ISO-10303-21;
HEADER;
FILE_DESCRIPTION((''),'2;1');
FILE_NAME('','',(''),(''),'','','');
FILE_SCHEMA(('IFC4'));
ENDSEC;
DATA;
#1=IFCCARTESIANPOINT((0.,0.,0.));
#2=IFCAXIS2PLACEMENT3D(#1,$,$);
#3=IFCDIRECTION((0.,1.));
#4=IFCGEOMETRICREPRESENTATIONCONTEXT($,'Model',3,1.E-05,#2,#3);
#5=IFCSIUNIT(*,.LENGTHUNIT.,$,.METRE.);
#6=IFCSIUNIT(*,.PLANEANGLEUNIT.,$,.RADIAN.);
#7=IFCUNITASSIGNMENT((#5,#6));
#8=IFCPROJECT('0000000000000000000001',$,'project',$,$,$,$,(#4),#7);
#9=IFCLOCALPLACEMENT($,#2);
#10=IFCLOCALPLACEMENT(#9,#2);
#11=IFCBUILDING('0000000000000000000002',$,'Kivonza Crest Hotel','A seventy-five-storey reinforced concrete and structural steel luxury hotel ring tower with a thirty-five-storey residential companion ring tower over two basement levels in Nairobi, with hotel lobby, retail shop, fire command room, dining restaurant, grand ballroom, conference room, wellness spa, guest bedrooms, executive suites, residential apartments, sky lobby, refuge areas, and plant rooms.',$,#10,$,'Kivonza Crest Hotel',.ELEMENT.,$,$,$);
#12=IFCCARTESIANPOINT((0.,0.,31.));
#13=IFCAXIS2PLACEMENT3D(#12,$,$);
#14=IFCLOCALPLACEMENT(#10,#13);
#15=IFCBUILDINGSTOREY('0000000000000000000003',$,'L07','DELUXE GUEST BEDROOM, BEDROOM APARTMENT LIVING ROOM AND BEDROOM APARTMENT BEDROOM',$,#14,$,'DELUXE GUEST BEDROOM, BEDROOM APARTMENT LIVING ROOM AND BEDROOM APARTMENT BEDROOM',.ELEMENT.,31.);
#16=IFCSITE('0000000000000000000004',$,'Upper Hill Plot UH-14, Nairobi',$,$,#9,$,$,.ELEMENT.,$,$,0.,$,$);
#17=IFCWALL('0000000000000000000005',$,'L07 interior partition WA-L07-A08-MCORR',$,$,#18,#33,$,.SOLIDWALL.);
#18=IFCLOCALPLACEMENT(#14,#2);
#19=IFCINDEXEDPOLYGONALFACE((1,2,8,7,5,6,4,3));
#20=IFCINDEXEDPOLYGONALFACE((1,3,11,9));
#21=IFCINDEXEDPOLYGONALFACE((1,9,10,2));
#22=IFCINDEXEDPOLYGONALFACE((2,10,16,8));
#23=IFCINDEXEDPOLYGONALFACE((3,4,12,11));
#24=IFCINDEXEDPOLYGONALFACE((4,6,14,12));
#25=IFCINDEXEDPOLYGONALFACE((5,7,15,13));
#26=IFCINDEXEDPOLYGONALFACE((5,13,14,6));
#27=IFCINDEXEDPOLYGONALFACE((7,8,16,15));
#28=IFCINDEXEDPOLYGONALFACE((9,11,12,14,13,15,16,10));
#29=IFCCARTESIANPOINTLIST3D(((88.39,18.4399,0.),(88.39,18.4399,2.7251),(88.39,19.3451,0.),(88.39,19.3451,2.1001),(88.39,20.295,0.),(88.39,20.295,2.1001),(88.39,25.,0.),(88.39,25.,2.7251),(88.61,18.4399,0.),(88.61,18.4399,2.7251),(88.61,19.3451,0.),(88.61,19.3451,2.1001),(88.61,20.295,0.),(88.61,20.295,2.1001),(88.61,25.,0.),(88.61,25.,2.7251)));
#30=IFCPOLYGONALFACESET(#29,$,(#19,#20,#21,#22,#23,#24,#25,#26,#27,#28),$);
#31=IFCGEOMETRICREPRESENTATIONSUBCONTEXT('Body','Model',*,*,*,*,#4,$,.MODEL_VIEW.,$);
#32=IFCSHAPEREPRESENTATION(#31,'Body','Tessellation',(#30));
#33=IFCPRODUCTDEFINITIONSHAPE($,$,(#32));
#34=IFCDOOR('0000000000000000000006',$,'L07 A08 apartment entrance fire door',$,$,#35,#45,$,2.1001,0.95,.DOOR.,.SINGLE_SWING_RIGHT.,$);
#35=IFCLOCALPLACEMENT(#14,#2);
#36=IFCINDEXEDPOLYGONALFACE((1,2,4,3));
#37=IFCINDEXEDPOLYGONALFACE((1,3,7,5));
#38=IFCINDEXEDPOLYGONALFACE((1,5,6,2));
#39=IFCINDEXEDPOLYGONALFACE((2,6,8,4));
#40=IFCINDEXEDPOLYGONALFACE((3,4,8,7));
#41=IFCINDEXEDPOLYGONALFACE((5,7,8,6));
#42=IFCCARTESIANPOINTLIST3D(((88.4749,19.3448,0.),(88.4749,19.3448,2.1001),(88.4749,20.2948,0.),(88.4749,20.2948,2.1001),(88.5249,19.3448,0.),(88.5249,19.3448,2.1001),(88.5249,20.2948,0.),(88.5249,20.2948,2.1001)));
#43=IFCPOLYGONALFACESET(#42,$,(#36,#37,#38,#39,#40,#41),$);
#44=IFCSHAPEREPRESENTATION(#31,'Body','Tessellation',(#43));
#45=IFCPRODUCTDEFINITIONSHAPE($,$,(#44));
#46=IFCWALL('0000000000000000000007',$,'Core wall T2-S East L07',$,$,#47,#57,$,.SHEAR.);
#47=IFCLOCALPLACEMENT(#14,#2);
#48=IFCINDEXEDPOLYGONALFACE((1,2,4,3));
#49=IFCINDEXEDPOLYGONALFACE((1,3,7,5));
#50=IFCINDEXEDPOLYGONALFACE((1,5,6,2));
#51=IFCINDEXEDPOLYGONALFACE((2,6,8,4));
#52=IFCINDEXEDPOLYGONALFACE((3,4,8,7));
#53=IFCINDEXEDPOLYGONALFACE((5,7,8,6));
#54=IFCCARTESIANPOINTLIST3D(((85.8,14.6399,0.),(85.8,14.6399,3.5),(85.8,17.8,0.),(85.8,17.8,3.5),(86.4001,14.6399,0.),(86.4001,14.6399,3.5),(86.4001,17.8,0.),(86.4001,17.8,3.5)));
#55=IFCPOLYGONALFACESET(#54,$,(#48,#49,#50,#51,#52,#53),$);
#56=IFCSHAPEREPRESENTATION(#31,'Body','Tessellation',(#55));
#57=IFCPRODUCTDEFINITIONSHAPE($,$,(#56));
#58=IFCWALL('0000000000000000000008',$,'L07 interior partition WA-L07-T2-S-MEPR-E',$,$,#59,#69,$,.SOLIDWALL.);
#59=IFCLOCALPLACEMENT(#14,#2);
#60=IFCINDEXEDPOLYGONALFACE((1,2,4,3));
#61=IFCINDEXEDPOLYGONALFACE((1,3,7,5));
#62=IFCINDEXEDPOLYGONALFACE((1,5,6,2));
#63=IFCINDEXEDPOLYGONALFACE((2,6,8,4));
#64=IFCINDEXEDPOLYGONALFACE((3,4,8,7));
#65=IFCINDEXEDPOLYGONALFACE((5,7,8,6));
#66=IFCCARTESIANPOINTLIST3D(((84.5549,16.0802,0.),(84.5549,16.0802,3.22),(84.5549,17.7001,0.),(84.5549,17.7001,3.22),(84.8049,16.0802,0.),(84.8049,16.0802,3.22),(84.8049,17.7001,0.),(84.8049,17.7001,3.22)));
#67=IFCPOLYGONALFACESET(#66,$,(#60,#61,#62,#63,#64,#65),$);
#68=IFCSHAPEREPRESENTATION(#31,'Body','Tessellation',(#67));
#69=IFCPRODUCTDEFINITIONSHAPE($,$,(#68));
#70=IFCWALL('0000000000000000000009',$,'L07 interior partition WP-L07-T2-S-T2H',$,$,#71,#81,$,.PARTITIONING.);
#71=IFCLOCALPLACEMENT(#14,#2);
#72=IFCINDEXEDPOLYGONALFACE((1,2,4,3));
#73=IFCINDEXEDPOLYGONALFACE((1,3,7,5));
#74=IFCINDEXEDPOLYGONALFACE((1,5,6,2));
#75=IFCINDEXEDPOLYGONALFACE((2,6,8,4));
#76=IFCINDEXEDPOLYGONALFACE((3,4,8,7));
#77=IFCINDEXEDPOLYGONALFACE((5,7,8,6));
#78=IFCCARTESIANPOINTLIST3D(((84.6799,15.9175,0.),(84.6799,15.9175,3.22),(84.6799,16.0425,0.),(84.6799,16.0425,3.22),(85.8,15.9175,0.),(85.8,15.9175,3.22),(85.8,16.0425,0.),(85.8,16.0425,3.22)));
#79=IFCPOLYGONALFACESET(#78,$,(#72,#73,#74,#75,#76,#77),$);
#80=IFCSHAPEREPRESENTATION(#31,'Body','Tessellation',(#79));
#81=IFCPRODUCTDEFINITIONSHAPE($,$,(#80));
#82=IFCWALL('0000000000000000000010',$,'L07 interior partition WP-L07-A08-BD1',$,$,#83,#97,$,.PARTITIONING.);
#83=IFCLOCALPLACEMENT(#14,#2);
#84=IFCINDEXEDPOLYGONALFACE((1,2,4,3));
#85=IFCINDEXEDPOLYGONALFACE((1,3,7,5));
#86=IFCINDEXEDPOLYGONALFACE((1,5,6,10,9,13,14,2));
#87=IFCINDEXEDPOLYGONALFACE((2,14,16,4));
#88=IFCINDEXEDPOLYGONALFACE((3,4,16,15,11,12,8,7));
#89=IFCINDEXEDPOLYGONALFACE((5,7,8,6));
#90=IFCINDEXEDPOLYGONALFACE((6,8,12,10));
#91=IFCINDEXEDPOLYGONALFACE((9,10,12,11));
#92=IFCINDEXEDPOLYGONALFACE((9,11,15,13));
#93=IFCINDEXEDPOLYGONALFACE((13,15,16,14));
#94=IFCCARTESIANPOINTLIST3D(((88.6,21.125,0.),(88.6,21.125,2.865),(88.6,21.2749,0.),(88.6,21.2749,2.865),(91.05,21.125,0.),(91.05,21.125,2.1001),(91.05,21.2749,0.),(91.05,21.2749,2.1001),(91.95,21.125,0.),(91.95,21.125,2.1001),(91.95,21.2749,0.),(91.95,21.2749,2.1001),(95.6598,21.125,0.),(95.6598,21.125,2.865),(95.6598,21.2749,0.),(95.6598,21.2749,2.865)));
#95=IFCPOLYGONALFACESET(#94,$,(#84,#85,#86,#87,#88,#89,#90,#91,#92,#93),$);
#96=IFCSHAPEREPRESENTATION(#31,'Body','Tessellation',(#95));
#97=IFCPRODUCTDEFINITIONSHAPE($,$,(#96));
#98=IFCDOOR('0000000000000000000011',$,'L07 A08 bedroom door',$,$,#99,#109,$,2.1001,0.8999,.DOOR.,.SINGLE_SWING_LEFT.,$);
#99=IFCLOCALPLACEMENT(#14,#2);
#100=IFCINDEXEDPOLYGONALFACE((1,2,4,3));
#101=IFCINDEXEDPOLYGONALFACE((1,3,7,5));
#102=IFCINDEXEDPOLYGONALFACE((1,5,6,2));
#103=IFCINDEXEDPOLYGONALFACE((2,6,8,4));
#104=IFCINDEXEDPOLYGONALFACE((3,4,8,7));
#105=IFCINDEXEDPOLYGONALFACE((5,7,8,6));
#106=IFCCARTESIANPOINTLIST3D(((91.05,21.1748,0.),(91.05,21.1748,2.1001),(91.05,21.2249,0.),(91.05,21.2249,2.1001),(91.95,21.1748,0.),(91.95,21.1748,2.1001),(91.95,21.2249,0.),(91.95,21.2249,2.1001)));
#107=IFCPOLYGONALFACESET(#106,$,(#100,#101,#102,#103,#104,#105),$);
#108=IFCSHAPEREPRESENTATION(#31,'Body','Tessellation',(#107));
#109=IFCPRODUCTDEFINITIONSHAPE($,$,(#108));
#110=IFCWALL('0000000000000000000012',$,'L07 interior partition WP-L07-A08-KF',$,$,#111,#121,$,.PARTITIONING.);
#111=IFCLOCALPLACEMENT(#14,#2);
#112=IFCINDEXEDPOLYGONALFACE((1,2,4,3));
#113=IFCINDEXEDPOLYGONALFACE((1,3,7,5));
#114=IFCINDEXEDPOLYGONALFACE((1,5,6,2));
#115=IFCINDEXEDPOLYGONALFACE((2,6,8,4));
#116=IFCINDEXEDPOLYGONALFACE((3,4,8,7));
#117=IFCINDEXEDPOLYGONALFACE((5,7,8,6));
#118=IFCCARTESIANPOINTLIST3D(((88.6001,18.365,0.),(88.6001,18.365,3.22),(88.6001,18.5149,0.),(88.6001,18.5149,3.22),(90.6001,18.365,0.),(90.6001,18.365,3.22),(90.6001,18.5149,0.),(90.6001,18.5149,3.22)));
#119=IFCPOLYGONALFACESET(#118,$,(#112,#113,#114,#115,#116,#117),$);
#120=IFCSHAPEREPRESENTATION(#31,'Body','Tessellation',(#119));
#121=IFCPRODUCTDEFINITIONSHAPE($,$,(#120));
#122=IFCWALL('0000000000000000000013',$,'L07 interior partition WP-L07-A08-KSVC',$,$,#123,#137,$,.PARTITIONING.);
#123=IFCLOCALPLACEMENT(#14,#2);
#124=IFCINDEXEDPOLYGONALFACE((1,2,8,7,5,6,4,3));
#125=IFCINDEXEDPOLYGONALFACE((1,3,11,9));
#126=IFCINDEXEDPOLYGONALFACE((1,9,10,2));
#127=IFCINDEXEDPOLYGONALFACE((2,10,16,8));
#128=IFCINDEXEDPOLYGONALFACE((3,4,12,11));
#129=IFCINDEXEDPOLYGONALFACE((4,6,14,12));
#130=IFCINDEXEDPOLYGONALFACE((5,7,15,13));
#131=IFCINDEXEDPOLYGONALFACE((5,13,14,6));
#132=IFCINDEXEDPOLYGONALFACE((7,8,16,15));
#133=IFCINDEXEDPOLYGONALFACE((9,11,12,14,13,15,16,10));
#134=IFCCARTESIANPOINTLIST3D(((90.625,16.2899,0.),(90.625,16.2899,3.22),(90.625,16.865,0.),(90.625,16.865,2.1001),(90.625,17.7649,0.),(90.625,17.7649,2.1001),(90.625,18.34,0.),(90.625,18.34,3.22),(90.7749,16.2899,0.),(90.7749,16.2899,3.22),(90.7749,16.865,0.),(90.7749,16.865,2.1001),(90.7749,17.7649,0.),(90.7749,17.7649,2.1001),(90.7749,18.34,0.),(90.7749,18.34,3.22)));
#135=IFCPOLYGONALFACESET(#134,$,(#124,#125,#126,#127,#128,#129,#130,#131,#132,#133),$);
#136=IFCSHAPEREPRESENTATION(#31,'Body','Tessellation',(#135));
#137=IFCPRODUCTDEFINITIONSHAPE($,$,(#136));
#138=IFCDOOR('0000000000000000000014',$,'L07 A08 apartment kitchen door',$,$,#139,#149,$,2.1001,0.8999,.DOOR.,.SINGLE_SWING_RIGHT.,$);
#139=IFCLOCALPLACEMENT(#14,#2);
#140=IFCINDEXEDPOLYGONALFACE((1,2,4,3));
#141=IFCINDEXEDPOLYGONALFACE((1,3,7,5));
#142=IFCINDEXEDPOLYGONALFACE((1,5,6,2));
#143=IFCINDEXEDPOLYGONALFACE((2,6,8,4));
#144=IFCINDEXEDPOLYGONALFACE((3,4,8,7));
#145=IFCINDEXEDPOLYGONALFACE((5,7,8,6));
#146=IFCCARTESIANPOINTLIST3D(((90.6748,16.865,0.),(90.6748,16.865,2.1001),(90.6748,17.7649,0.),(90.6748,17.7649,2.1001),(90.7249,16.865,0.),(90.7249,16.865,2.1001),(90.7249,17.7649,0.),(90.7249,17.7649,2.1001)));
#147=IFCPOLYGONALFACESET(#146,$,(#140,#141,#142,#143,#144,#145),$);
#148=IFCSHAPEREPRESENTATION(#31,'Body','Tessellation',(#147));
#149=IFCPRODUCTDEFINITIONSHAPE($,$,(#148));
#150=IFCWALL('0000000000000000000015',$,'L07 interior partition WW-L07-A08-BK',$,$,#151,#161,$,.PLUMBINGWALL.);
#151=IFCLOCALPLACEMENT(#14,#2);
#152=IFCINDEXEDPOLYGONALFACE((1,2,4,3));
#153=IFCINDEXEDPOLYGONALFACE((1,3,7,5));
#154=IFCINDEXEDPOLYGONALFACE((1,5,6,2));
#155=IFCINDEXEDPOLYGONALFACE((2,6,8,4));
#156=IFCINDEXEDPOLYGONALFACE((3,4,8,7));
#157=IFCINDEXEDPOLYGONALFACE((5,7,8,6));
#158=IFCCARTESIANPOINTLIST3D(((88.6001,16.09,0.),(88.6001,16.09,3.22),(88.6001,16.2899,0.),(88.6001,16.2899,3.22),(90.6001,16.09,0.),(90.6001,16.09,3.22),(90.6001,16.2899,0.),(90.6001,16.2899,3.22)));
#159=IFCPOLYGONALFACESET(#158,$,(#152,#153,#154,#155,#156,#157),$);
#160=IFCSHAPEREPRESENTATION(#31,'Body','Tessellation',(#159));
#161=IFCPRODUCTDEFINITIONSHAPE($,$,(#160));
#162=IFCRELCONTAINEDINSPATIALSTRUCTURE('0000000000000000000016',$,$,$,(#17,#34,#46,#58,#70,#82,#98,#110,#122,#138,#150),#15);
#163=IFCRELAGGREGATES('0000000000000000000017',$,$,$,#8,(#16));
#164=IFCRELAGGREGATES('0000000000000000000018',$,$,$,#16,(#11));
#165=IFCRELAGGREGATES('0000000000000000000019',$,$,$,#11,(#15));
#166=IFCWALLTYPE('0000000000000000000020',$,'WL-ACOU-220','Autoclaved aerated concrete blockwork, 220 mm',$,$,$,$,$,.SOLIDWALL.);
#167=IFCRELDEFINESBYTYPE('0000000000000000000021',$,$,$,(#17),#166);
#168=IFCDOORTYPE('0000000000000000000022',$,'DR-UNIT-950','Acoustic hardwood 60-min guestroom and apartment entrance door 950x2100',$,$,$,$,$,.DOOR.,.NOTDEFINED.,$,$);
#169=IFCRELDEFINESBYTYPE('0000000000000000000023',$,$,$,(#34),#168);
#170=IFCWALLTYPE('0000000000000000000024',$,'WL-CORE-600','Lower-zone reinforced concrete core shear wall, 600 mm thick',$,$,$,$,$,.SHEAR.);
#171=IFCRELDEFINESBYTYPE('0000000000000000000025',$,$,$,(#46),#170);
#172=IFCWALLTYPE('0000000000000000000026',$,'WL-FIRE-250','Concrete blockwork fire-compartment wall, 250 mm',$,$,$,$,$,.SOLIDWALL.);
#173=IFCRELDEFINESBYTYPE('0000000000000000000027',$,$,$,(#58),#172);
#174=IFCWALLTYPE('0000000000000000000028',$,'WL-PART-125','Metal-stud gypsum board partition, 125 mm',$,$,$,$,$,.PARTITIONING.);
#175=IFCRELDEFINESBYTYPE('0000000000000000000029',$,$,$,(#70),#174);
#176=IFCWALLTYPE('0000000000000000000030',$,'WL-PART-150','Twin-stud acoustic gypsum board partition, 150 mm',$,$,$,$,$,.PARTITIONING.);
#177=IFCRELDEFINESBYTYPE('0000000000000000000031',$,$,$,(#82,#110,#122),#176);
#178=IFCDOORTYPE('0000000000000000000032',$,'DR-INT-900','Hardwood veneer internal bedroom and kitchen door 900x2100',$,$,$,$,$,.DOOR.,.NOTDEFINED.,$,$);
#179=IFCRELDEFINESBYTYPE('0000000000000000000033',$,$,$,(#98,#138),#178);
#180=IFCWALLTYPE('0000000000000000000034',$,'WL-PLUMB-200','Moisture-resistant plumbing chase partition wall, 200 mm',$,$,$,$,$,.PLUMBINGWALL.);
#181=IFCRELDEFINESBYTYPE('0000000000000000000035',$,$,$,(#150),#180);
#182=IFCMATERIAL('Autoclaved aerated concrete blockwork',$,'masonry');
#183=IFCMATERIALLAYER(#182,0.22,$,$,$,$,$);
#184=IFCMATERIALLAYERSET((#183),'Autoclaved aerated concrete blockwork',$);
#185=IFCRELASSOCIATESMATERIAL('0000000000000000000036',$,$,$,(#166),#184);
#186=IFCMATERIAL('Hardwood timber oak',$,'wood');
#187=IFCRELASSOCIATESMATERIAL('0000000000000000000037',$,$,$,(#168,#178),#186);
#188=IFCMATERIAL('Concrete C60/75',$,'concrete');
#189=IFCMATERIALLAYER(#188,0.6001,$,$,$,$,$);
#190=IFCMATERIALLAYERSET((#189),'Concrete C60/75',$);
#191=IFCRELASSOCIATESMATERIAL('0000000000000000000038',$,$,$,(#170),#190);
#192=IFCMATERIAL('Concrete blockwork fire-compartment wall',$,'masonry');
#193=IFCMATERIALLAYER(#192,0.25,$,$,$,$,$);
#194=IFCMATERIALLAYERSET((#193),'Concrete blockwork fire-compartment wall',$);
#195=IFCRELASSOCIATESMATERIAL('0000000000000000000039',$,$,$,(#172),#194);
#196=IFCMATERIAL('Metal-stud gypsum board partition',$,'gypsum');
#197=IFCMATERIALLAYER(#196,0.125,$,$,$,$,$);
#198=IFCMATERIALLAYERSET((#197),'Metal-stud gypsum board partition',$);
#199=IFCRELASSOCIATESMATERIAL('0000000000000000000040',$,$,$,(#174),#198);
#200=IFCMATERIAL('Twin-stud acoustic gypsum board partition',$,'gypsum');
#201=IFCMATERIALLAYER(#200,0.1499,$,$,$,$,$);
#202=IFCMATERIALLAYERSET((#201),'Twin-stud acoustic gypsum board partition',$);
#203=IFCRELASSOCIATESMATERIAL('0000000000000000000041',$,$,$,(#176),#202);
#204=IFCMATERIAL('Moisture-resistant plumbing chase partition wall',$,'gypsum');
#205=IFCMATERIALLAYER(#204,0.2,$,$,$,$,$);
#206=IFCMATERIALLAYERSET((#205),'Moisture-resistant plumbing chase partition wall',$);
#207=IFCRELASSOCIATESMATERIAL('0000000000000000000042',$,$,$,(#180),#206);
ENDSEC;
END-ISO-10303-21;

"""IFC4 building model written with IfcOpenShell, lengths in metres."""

from ifc_helpers import new_model, si_unit, direction, frame, frame_2d, origin, place, context, subcontext, project, spatial, rectangle, extrude, material, layer, layer_set, type_object, element, fill, save


model = new_model("IFC4")

# Units and contexts
model_context = context("Model", 3, precision=1e-05, world=origin(), true_north=direction((0.0, 1.0)))
body_context = subcontext(model_context, "Body", "Model", "MODEL_VIEW")
ifc_project = project(units=[si_unit("LENGTHUNIT", "METRE"), si_unit("PLANEANGLEUNIT", "RADIAN")], contexts=[model_context])

# Site, building, storey
site_placement = place(None, origin())
site = spatial("IfcSite", under=ifc_project, at=site_placement, Name="Upper Hill Plot UH-14, Nairobi", CompositionType="ELEMENT", RefElevation=0.0)
building_placement = place(site_placement, origin())
building = spatial("IfcBuilding", under=site, at=building_placement, Name="Kivonza Crest Hotel", Description="A seventy-five-storey reinforced concrete and structural steel luxury hotel ring tower with a thirty-five-storey residential companion ring tower over two basement levels in Nairobi, with hotel lobby, retail shop, fire command room, dining restaurant, grand ballroom, conference room, wellness spa, guest bedrooms, executive suites, residential apartments, sky lobby, refuge areas, and plant rooms.", LongName="Kivonza Crest Hotel", CompositionType="ELEMENT")
storey_placement = place(building_placement, frame((0.0, 0.0, 31.0)))
storey = spatial("IfcBuildingStorey", under=building, at=storey_placement, Name="L07", Description="DELUXE GUEST BEDROOM, BEDROOM APARTMENT LIVING ROOM AND BEDROOM APARTMENT BEDROOM", LongName="DELUXE GUEST BEDROOM, BEDROOM APARTMENT LIVING ROOM AND BEDROOM APARTMENT BEDROOM", CompositionType="ELEMENT", Elevation=31.0)

# Wall, opening, door
ifc_material_1 = material(Name="Autoclaved aerated concrete blockwork", Category="masonry")
ifc_layer_1 = layer(ifc_material_1, 0.22)
ifc_layer_set_1 = layer_set([ifc_layer_1], Name="Autoclaved aerated concrete blockwork")
wall_type_1 = type_object("IfcWallType", Name="WL-ACOU-220", Description="Autoclaved aerated concrete blockwork, 220 mm", PredefinedType="SOLIDWALL", material=ifc_layer_set_1)
wall_1_placement = place(storey_placement, frame((88.5, 18.4399, 0.0), z_axis=(0.0, 0.0, 1.0), x_axis=(0.0, 1.0, 0.0)))
wall_1 = element("IfcWall", 1, at=wall_1_placement, inside=storey, type_object=wall_type_1, Name="L07 interior partition WA-L07-A08-MCORR", PredefinedType="SOLIDWALL", context=body_context, shape_type="SweptSolid", body=[
    extrude(rectangle(XDim=6.5601, YDim=0.22, at=frame_2d((3.28, 0.0))), origin(), (0.0, 0.0, 1.0), 2.7251),
])
opening_1_placement = place(wall_1_placement, frame((0.905, 0.0, 0.0)))
opening_1 = element("IfcOpeningElement", 2, at=opening_1_placement, cuts=wall_1, PredefinedType="OPENING", context=body_context, shape_type="SweptSolid", body=[
    extrude(rectangle(XDim=0.95, YDim=2.1001, at=frame_2d((0.4751, 1.05))), frame((0.0, 0.1201, 0.0), z_axis=(0.0, -1.0, 0.0), x_axis=(1.0, 0.0, 0.0)), (0.0, 0.0, 1.0), 0.24),
])
ifc_material_2 = material(Name="Hardwood timber oak", Category="wood")
door_type_1 = type_object("IfcDoorType", Name="DR-UNIT-950", Description="Acoustic hardwood 60-min guestroom and apartment entrance door 950x2100", OperationType="NOTDEFINED", PredefinedType="DOOR", material=ifc_material_2)
door_1_placement = place(opening_1_placement, frame((0.95, 0.0, 0.0), z_axis=(0.0, 0.0, 1.0), x_axis=(-1.0, 0.0, 0.0)))
door_1 = element("IfcDoor", 3, at=door_1_placement, inside=storey, type_object=door_type_1, Name="L07 A08 apartment entrance fire door", OperationType="SINGLE_SWING_RIGHT", OverallHeight=2.1001, OverallWidth=0.95, PredefinedType="DOOR", context=body_context, shape_type="SweptSolid", body=[
    extrude(rectangle(XDim=0.95, YDim=2.1001, at=frame_2d((0.4751, 1.05))), frame((0.0, 0.0249, 0.0), z_axis=(0.0, -1.0, 0.0), x_axis=(1.0, 0.0, 0.0)), (0.0, 0.0, 1.0), 0.05),
])
fill(opening_1, door_1)

# Walls
ifc_material_3 = material(Name="Concrete C60/75", Category="concrete")
ifc_layer_2 = layer(ifc_material_3, 0.6001)
ifc_layer_set_2 = layer_set([ifc_layer_2], Name="Concrete C60/75")
wall_type_2 = type_object("IfcWallType", Name="WL-CORE-600", Description="Lower-zone reinforced concrete core shear wall, 600 mm thick", PredefinedType="SHEAR", material=ifc_layer_set_2)
wall_2_placement = place(storey_placement, frame((86.1001, 14.6399, 0.0), z_axis=(0.0, 0.0, 1.0), x_axis=(0.0, 1.0, 0.0)))
element("IfcWall", 4, at=wall_2_placement, inside=storey, type_object=wall_type_2, Name="Core wall T2-S East L07", PredefinedType="SHEAR", context=body_context, shape_type="SweptSolid", body=[
    extrude(rectangle(XDim=3.1602, YDim=0.6001, at=frame_2d((1.5801, 0.0))), origin(), (0.0, 0.0, 1.0), 3.5),
])
ifc_material_4 = material(Name="Concrete blockwork fire-compartment wall", Category="masonry")
ifc_layer_3 = layer(ifc_material_4, 0.25)
ifc_layer_set_3 = layer_set([ifc_layer_3], Name="Concrete blockwork fire-compartment wall")
wall_type_3 = type_object("IfcWallType", Name="WL-FIRE-250", Description="Concrete blockwork fire-compartment wall, 250 mm", PredefinedType="SOLIDWALL", material=ifc_layer_set_3)
wall_3_placement = place(storey_placement, frame((84.6799, 16.0801, 0.0), z_axis=(0.0, 0.0, 1.0), x_axis=(0.0, 1.0, 0.0)))
element("IfcWall", 5, at=wall_3_placement, inside=storey, type_object=wall_type_3, Name="L07 interior partition WA-L07-T2-S-MEPR-E", PredefinedType="SOLIDWALL", context=body_context, shape_type="SweptSolid", body=[
    extrude(rectangle(XDim=1.6199, YDim=0.25, at=frame_2d((0.8101, 0.0))), origin(), (0.0, 0.0, 1.0), 3.22),
])
ifc_material_5 = material(Name="Metal-stud gypsum board partition", Category="gypsum")
ifc_layer_4 = layer(ifc_material_5, 0.125)
ifc_layer_set_4 = layer_set([ifc_layer_4], Name="Metal-stud gypsum board partition")
wall_type_4 = type_object("IfcWallType", Name="WL-PART-125", Description="Metal-stud gypsum board partition, 125 mm", PredefinedType="PARTITIONING", material=ifc_layer_set_4)
wall_4_placement = place(storey_placement, frame((84.6799, 15.98, 0.0), z_axis=(0.0, 0.0, 1.0), x_axis=(1.0, 0.0, 0.0)))
element("IfcWall", 6, at=wall_4_placement, inside=storey, type_object=wall_type_4, Name="L07 interior partition WP-L07-T2-S-T2H", PredefinedType="PARTITIONING", context=body_context, shape_type="SweptSolid", body=[
    extrude(rectangle(XDim=1.1201, YDim=0.125, at=frame_2d((0.5601, 0.0))), origin(), (0.0, 0.0, 1.0), 3.22),
])

# Wall, opening, door
ifc_material_6 = material(Name="Twin-stud acoustic gypsum board partition", Category="gypsum")
ifc_layer_5 = layer(ifc_material_6, 0.1499)
ifc_layer_set_5 = layer_set([ifc_layer_5], Name="Twin-stud acoustic gypsum board partition")
wall_type_5 = type_object("IfcWallType", Name="WL-PART-150", Description="Twin-stud acoustic gypsum board partition, 150 mm", PredefinedType="PARTITIONING", material=ifc_layer_set_5)
wall_5_placement = place(storey_placement, frame((88.6001, 21.2, 0.0), z_axis=(0.0, 0.0, 1.0), x_axis=(1.0, 0.0, 0.0)))
wall_5 = element("IfcWall", 7, at=wall_5_placement, inside=storey, type_object=wall_type_5, Name="L07 interior partition WP-L07-A08-BD1", PredefinedType="PARTITIONING", context=body_context, shape_type="SweptSolid", body=[
    extrude(rectangle(XDim=7.0598, YDim=0.1499, at=frame_2d((3.5298, 0.0))), origin(), (0.0, 0.0, 1.0), 2.865),
])
opening_2_placement = place(wall_5_placement, frame((2.45, 0.0, 0.0)))
opening_2 = element("IfcOpeningElement", 8, at=opening_2_placement, cuts=wall_5, PredefinedType="OPENING", context=body_context, shape_type="SweptSolid", body=[
    extrude(rectangle(XDim=0.8999, YDim=2.1001, at=frame_2d((0.45, 1.05))), frame((0.0, 0.085, 0.0), z_axis=(0.0, -1.0, 0.0), x_axis=(1.0, 0.0, 0.0)), (0.0, 0.0, 1.0), 0.1699),
])
door_type_2 = type_object("IfcDoorType", Name="DR-INT-900", Description="Hardwood veneer internal bedroom and kitchen door 900x2100", OperationType="NOTDEFINED", PredefinedType="DOOR", material=ifc_material_2)
door_2_placement = place(opening_2_placement, origin())
door_2 = element("IfcDoor", 9, at=door_2_placement, inside=storey, type_object=door_type_2, Name="L07 A08 bedroom door", OperationType="SINGLE_SWING_LEFT", OverallHeight=2.1001, OverallWidth=0.8999, PredefinedType="DOOR", context=body_context, shape_type="SweptSolid", body=[
    extrude(rectangle(XDim=0.8999, YDim=2.1001, at=frame_2d((0.45, 1.05))), frame((0.0, 0.0249, 0.0), z_axis=(0.0, -1.0, 0.0), x_axis=(1.0, 0.0, 0.0)), (0.0, 0.0, 1.0), 0.05),
])
fill(opening_2, door_2)

# Wall
wall_6_placement = place(storey_placement, frame((88.6001, 18.4399, 0.0), z_axis=(0.0, 0.0, 1.0), x_axis=(1.0, 0.0, 0.0)))
element("IfcWall", 10, at=wall_6_placement, inside=storey, type_object=wall_type_5, Name="L07 interior partition WP-L07-A08-KF", PredefinedType="PARTITIONING", context=body_context, shape_type="SweptSolid", body=[
    extrude(rectangle(XDim=2.0, YDim=0.1499, at=frame_2d((1.0, 0.0))), origin(), (0.0, 0.0, 1.0), 3.22),
])

# Wall, opening, door
wall_7_placement = place(storey_placement, frame((90.7, 16.29, 0.0), z_axis=(0.0, 0.0, 1.0), x_axis=(0.0, 1.0, 0.0)))
wall_7 = element("IfcWall", 11, at=wall_7_placement, inside=storey, type_object=wall_type_5, Name="L07 interior partition WP-L07-A08-KSVC", PredefinedType="PARTITIONING", context=body_context, shape_type="SweptSolid", body=[
    extrude(rectangle(XDim=2.05, YDim=0.1499, at=frame_2d((1.0249, 0.0))), origin(), (0.0, 0.0, 1.0), 3.22),
])
opening_3_placement = place(wall_7_placement, frame((0.575, 0.0, 0.0)))
opening_3 = element("IfcOpeningElement", 12, at=opening_3_placement, cuts=wall_7, PredefinedType="OPENING", context=body_context, shape_type="SweptSolid", body=[
    extrude(rectangle(XDim=0.8999, YDim=2.1001, at=frame_2d((0.45, 1.05))), frame((0.0, 0.085, 0.0), z_axis=(0.0, -1.0, 0.0), x_axis=(1.0, 0.0, 0.0)), (0.0, 0.0, 1.0), 0.1699),
])
door_3_placement = place(opening_3_placement, frame((0.8999, 0.0, 0.0), z_axis=(0.0, 0.0, 1.0), x_axis=(-1.0, 0.0, 0.0)))
door_3 = element("IfcDoor", 13, at=door_3_placement, inside=storey, type_object=door_type_2, Name="L07 A08 apartment kitchen door", OperationType="SINGLE_SWING_RIGHT", OverallHeight=2.1001, OverallWidth=0.8999, PredefinedType="DOOR", context=body_context, shape_type="SweptSolid", body=[
    extrude(rectangle(XDim=0.8999, YDim=2.1001, at=frame_2d((0.45, 1.05))), frame((0.0, 0.0249, 0.0), z_axis=(0.0, -1.0, 0.0), x_axis=(1.0, 0.0, 0.0)), (0.0, 0.0, 1.0), 0.05),
])
fill(opening_3, door_3)

# Wall
ifc_material_7 = material(Name="Moisture-resistant plumbing chase partition wall", Category="gypsum")
ifc_layer_6 = layer(ifc_material_7, 0.2)
ifc_layer_set_6 = layer_set([ifc_layer_6], Name="Moisture-resistant plumbing chase partition wall")
wall_type_6 = type_object("IfcWallType", Name="WL-PLUMB-200", Description="Moisture-resistant plumbing chase partition wall, 200 mm", PredefinedType="PLUMBINGWALL", material=ifc_layer_set_6)
wall_8_placement = place(storey_placement, frame((88.6001, 16.1899, 0.0), z_axis=(0.0, 0.0, 1.0), x_axis=(1.0, 0.0, 0.0)))
element("IfcWall", 14, at=wall_8_placement, inside=storey, type_object=wall_type_6, Name="L07 interior partition WW-L07-A08-BK", PredefinedType="PLUMBINGWALL", context=body_context, shape_type="SweptSolid", body=[
    extrude(rectangle(XDim=2.0, YDim=0.2, at=frame_2d((1.0, 0.0))), origin(), (0.0, 0.0, 1.0), 3.22),
])

save(model, "model.ifc")
